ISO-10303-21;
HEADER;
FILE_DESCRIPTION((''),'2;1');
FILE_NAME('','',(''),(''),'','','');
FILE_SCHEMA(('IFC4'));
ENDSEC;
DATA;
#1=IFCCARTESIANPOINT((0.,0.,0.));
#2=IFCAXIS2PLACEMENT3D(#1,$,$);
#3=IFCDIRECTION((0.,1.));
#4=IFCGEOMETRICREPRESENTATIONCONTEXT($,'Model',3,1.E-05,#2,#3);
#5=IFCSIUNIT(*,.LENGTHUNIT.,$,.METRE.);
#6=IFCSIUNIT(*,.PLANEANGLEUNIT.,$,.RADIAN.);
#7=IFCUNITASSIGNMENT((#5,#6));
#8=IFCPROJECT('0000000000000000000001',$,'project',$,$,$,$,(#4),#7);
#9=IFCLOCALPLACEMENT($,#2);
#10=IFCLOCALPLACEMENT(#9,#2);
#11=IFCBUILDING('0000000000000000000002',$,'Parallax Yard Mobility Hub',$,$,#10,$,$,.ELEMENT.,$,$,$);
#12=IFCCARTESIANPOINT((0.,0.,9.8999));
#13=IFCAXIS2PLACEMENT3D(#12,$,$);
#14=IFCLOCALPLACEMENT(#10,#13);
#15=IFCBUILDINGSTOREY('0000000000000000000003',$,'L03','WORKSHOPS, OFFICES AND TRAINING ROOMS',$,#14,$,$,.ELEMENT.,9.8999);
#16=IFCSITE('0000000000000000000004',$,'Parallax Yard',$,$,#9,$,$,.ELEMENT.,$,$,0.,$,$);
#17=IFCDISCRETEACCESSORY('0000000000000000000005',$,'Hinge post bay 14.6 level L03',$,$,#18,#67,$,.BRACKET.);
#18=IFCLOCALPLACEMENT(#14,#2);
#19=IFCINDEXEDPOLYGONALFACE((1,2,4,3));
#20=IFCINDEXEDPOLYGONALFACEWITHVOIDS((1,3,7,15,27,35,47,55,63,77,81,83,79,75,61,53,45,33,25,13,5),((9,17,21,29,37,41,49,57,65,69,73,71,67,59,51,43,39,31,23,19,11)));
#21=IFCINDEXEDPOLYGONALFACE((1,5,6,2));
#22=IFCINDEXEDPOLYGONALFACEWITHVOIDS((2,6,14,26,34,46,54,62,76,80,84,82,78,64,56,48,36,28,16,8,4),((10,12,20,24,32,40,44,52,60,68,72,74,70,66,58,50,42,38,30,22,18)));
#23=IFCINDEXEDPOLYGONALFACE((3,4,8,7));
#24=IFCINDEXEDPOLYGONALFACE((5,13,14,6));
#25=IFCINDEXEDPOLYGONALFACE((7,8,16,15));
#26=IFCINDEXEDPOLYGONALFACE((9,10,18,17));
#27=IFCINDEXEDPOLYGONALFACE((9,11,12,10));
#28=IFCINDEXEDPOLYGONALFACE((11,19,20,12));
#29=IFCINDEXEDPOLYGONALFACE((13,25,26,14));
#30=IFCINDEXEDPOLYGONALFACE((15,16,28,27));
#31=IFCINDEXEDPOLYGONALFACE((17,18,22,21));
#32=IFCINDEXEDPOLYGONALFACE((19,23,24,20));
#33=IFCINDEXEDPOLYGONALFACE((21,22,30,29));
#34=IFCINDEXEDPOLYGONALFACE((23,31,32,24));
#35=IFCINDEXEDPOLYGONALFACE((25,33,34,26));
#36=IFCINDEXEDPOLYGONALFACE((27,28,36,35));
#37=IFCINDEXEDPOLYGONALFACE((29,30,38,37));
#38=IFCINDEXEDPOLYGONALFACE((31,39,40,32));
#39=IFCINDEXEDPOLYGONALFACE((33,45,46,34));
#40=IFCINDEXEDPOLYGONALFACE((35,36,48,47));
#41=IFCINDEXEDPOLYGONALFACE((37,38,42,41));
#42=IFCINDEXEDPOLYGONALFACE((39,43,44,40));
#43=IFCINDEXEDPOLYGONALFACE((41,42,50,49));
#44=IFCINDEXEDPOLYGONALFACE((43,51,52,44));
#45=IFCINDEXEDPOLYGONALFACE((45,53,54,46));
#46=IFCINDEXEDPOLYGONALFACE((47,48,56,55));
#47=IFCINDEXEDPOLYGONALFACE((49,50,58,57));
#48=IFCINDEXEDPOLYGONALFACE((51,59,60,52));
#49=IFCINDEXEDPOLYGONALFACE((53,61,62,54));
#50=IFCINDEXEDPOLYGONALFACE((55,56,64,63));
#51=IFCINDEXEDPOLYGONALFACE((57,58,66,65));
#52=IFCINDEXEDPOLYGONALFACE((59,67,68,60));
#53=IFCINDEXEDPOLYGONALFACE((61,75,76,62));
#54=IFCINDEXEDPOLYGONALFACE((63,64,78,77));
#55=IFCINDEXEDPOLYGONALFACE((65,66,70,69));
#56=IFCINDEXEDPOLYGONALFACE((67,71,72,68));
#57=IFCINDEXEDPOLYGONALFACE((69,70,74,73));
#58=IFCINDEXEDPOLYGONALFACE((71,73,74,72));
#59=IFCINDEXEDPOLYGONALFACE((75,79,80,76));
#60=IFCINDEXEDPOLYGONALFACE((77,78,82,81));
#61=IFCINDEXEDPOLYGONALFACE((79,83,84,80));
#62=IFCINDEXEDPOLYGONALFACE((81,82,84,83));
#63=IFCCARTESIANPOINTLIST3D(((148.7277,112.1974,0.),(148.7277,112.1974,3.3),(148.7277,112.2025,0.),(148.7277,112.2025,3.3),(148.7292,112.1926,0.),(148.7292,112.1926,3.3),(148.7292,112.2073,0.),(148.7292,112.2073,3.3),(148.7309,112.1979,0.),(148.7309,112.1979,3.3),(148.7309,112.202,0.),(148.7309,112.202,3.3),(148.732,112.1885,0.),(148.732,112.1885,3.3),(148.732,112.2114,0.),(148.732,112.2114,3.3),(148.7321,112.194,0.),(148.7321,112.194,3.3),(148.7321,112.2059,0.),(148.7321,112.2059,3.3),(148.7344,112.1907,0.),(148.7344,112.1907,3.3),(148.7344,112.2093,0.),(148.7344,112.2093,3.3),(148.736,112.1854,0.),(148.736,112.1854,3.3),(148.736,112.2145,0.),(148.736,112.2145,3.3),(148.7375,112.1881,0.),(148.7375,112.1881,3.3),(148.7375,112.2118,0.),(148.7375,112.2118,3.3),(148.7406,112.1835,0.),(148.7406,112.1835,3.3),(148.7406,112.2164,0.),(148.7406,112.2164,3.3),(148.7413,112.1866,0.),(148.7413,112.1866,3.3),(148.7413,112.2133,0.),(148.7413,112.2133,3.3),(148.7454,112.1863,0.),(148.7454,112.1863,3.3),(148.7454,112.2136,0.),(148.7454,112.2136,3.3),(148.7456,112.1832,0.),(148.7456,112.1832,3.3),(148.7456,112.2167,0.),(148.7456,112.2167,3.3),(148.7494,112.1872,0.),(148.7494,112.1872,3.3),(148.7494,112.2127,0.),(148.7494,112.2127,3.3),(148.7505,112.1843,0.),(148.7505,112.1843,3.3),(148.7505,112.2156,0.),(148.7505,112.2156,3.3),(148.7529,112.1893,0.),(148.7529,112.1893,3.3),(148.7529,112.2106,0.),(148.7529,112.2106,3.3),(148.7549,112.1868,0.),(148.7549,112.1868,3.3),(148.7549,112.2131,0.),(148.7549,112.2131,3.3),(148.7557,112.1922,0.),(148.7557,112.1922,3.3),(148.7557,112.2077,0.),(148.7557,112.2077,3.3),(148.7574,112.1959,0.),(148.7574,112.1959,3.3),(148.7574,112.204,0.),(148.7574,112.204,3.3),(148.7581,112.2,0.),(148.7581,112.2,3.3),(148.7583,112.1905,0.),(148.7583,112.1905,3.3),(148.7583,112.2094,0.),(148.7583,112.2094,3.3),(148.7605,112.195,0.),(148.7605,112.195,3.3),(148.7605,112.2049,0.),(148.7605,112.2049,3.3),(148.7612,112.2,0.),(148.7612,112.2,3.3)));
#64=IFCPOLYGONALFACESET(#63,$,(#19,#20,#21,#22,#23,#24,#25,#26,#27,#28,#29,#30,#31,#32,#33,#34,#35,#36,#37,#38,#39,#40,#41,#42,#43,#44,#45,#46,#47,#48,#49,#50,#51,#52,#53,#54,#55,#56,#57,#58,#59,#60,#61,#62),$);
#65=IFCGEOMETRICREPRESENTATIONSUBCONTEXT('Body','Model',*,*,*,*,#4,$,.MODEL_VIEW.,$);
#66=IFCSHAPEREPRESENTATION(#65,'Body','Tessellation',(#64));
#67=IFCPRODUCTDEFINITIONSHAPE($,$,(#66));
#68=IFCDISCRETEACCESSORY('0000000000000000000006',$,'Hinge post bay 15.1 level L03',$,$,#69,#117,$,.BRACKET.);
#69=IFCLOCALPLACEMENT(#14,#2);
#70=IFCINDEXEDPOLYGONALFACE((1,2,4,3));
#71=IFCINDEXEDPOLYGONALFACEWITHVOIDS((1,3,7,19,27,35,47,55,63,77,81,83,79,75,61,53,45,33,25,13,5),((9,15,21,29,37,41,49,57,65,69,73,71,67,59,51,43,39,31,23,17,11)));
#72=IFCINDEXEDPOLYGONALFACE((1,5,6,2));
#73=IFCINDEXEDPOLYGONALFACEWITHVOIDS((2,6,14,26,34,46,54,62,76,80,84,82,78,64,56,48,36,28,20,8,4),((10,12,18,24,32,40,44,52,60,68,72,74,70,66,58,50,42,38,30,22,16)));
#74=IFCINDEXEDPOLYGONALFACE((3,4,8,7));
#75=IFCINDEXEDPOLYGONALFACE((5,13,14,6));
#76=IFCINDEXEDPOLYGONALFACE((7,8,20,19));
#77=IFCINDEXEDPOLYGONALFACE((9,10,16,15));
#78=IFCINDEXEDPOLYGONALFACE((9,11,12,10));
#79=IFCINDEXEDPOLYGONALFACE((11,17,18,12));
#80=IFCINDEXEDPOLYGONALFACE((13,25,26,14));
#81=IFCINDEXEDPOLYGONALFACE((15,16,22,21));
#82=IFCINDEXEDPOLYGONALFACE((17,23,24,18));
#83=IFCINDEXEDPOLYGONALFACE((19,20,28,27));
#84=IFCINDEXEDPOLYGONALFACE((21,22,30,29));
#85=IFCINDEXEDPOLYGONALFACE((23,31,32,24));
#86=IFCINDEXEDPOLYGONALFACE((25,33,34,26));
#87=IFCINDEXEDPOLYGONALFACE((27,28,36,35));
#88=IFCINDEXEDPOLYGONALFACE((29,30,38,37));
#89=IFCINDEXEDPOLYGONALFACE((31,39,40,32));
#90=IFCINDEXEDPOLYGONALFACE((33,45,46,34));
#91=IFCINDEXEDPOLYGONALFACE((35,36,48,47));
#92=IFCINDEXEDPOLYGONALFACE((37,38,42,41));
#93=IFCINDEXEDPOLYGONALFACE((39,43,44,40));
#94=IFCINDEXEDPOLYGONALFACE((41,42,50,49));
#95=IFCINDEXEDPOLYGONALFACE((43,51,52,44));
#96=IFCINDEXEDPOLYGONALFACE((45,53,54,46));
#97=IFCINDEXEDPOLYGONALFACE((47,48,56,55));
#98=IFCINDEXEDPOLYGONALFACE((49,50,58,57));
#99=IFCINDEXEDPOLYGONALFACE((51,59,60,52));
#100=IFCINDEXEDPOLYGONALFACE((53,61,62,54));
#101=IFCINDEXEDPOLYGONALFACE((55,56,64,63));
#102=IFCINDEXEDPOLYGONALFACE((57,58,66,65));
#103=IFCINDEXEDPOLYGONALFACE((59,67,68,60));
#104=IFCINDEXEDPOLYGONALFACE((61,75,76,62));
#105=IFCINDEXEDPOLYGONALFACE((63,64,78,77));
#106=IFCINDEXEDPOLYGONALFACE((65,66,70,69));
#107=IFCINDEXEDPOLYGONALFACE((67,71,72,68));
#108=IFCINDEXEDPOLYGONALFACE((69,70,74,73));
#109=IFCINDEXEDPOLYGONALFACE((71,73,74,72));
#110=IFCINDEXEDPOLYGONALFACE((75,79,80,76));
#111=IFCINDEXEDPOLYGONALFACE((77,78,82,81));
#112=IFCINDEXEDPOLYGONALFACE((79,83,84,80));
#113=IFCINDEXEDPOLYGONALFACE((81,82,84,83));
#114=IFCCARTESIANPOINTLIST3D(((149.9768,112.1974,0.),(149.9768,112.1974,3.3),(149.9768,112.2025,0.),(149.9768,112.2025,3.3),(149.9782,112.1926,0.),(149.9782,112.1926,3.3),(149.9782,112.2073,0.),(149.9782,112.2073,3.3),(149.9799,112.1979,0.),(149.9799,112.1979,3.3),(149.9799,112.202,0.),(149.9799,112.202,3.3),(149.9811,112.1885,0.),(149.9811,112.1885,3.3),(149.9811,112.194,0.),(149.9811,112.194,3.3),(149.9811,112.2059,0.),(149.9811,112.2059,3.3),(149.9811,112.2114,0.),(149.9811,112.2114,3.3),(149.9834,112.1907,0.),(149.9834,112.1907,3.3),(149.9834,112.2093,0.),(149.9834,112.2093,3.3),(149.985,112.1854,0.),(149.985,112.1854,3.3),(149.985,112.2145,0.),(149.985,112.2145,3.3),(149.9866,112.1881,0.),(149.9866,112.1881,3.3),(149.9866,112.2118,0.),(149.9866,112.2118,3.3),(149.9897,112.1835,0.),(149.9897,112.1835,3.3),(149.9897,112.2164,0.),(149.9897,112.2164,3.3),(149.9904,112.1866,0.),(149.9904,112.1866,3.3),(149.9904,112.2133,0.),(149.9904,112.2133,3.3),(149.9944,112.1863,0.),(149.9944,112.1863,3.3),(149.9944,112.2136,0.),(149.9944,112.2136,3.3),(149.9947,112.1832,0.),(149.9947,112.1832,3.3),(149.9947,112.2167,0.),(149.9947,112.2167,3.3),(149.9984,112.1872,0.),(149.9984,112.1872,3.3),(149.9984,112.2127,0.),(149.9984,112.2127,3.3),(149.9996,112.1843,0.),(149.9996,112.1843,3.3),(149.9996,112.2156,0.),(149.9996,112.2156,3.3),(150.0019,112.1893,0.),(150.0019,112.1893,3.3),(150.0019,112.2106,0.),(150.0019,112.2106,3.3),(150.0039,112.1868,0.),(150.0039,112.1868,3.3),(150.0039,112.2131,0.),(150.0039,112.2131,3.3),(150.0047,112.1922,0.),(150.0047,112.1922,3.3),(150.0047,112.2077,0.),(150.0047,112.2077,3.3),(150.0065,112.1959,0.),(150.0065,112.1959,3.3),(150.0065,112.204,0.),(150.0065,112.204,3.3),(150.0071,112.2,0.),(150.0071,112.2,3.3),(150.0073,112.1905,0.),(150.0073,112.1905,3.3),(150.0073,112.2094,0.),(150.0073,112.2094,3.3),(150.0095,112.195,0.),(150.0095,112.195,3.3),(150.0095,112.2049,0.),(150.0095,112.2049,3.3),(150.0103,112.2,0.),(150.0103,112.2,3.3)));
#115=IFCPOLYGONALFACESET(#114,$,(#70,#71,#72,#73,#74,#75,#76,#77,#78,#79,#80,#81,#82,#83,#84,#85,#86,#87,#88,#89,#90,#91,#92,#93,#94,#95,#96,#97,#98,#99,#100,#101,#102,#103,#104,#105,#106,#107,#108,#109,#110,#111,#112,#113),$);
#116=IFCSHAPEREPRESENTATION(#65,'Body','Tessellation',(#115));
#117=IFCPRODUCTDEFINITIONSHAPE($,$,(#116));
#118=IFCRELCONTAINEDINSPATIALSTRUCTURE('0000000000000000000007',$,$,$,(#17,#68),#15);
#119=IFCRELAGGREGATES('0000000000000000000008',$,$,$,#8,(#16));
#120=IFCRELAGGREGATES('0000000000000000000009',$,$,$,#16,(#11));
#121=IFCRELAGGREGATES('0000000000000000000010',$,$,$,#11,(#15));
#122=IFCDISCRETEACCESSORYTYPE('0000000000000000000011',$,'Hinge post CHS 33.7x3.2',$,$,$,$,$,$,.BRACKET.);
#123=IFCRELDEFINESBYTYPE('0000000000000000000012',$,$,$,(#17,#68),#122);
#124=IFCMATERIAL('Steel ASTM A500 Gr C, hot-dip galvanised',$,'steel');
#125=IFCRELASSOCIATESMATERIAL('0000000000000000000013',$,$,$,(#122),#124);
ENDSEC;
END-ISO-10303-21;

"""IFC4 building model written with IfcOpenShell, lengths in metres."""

from ifc_helpers import new_model, si_unit, direction, frame, origin, origin_2d, place, context, subcontext, project, spatial, hollow_circle, extrude, material, material_profile, profile_set, type_object, element, save


model = new_model("IFC4")

# Units and contexts
model_context = context("Model", 3, precision=1e-05, world=origin(), true_north=direction((0.0, 1.0)))
body_context = subcontext(model_context, "Body", "Model", "MODEL_VIEW")
ifc_project = project(units=[si_unit("LENGTHUNIT", "METRE"), si_unit("PLANEANGLEUNIT", "RADIAN")], contexts=[model_context])

# Site, building, storey
site_placement = place(None, origin())
site = spatial("IfcSite", under=ifc_project, at=site_placement, Name="Parallax Yard", CompositionType="ELEMENT", RefElevation=0.0)
building_placement = place(site_placement, origin())
building = spatial("IfcBuilding", under=site, at=building_placement, Name="Parallax Yard Mobility Hub", CompositionType="ELEMENT")
storey_placement = place(building_placement, frame((0.0, 0.0, 9.8999)))
storey = spatial("IfcBuildingStorey", under=building, at=storey_placement, Name="L03", Description="WORKSHOPS, OFFICES AND TRAINING ROOMS", CompositionType="ELEMENT", Elevation=9.8999)

# Discrete accessories
ifc_material_1 = material(Name="Steel ASTM A500 Gr C, hot-dip galvanised", Category="steel")
ifc_material_profile_1 = material_profile(ifc_material_1, hollow_circle(Radius=0.0168, WallThickness=0.0032, at=origin_2d()), Name="CHS 33.7x3.2")
ifc_profile_set_1 = profile_set([ifc_material_profile_1], Name="Steel ASTM A500 Gr C, hot-dip galvanised")
discrete_accessory_type_1 = type_object("IfcDiscreteAccessoryType", Name="Hinge post CHS 33.7x3.2", PredefinedType="BRACKET", material=ifc_profile_set_1)
for number, where, z_axis, x_axis, name in (
    (1, (148.7444, 112.2, 0.0), (0.0, 0.0, 1.0), (1.0, 0.0, 0.0), "Hinge post bay 14.6 level L03"),
    (2, (149.9934, 112.2, 0.0), (0.0, 0.0, 1.0), (1.0, 0.0, 0.0), "Hinge post bay 15.1 level L03"),
):
    element("IfcDiscreteAccessory", number, at=place(storey_placement, frame(where, z_axis=z_axis, x_axis=x_axis)), inside=storey, type_object=discrete_accessory_type_1, Name=name, PredefinedType="BRACKET", context=body_context, shape_type="SweptSolid", body=[
        extrude(hollow_circle(Radius=0.0168, WallThickness=0.0032, at=origin_2d()), origin(), (0.0, 0.0, 1.0), 3.3),
    ])

save(model, "model.ifc")
